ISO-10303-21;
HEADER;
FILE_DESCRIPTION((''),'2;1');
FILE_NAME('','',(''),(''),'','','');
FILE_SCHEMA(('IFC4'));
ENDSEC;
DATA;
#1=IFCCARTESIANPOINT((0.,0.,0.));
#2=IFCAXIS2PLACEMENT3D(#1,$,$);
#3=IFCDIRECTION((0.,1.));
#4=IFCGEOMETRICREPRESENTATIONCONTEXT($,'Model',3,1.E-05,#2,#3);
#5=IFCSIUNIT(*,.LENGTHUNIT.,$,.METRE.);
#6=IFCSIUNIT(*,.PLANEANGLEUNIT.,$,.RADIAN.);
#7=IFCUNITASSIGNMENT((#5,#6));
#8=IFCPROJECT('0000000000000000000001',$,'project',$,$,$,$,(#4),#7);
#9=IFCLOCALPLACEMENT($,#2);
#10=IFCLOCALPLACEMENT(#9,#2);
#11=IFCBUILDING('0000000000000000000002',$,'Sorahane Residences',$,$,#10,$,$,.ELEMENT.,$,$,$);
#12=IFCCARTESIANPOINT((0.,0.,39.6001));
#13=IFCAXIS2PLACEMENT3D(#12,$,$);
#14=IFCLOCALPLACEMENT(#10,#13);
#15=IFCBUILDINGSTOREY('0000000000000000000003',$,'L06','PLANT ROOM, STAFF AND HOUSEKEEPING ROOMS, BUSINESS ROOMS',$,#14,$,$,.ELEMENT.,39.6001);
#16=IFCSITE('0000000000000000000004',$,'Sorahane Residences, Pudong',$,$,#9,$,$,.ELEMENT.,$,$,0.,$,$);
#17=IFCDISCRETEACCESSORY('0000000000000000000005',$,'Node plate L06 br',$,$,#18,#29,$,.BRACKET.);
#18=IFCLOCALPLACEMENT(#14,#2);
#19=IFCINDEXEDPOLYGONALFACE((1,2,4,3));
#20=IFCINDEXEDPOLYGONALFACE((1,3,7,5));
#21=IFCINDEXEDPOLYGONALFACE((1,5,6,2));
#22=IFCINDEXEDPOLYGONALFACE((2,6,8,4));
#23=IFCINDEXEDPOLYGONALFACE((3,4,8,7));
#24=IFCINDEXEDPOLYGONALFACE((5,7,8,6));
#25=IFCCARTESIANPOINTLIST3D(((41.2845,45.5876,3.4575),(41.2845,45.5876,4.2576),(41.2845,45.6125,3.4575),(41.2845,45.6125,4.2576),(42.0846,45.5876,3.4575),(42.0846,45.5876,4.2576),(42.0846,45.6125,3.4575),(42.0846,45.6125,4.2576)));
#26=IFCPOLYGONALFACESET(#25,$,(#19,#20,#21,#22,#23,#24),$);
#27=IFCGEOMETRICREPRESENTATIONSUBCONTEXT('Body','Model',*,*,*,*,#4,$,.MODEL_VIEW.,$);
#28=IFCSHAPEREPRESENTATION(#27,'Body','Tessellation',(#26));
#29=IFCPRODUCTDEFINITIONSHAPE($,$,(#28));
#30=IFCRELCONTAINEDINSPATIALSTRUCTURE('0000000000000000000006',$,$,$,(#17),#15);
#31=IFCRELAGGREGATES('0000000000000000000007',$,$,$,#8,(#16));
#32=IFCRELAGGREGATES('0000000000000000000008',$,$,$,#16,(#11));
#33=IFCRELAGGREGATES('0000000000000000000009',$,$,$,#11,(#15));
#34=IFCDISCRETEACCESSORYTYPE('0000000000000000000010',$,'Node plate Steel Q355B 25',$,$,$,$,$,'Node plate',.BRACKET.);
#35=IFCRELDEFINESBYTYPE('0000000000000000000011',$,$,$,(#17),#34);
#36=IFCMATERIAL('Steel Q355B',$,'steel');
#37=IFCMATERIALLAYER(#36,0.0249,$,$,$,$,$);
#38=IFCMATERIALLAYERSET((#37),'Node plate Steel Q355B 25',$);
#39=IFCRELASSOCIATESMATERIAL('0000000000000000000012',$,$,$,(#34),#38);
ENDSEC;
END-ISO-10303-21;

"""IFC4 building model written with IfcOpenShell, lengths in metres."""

from ifc_helpers import new_model, si_unit, direction, frame, origin, origin_2d, place, context, subcontext, project, spatial, rectangle, extrude, material, layer, layer_set, type_object, element, save


model = new_model("IFC4")

# Units and contexts
model_context = context("Model", 3, precision=1e-05, world=origin(), true_north=direction((0.0, 1.0)))
body_context = subcontext(model_context, "Body", "Model", "MODEL_VIEW")
ifc_project = project(units=[si_unit("LENGTHUNIT", "METRE"), si_unit("PLANEANGLEUNIT", "RADIAN")], contexts=[model_context])

# Site, building, storey
site_placement = place(None, origin())
site = spatial("IfcSite", under=ifc_project, at=site_placement, Name="Sorahane Residences, Pudong", CompositionType="ELEMENT", RefElevation=0.0)
building_placement = place(site_placement, origin())
building = spatial("IfcBuilding", under=site, at=building_placement, Name="Sorahane Residences", CompositionType="ELEMENT")
storey_placement = place(building_placement, frame((0.0, 0.0, 39.6001)))
storey = spatial("IfcBuildingStorey", under=building, at=storey_placement, Name="L06", Description="PLANT ROOM, STAFF AND HOUSEKEEPING ROOMS, BUSINESS ROOMS", CompositionType="ELEMENT", Elevation=39.6001)

# Discrete accessory
ifc_material_1 = material(Name="Steel Q355B", Category="steel")
ifc_layer_1 = layer(ifc_material_1, 0.0249)
ifc_layer_set_1 = layer_set([ifc_layer_1], Name="Node plate Steel Q355B 25")
discrete_accessory_type_1 = type_object("IfcDiscreteAccessoryType", Name="Node plate Steel Q355B 25", ElementType="Node plate", PredefinedType="BRACKET", material=ifc_layer_set_1)
for number, where, z_axis, x_axis, name in (
    (1, (41.6846, 45.6001, 3.4575), (0.0, 0.0, 1.0), (1.0, 0.0, 0.0), "Node plate L06 br"),
):
    element("IfcDiscreteAccessory", number, at=place(storey_placement, frame(where, z_axis=z_axis, x_axis=x_axis)), inside=storey, type_object=discrete_accessory_type_1, Name=name, PredefinedType="BRACKET", context=body_context, shape_type="SweptSolid", body=[
        extrude(rectangle(XDim=0.8, YDim=0.0249, at=origin_2d()), origin(), (0.0, 0.0, 1.0), 0.8),
    ])

save(model, "model.ifc")
